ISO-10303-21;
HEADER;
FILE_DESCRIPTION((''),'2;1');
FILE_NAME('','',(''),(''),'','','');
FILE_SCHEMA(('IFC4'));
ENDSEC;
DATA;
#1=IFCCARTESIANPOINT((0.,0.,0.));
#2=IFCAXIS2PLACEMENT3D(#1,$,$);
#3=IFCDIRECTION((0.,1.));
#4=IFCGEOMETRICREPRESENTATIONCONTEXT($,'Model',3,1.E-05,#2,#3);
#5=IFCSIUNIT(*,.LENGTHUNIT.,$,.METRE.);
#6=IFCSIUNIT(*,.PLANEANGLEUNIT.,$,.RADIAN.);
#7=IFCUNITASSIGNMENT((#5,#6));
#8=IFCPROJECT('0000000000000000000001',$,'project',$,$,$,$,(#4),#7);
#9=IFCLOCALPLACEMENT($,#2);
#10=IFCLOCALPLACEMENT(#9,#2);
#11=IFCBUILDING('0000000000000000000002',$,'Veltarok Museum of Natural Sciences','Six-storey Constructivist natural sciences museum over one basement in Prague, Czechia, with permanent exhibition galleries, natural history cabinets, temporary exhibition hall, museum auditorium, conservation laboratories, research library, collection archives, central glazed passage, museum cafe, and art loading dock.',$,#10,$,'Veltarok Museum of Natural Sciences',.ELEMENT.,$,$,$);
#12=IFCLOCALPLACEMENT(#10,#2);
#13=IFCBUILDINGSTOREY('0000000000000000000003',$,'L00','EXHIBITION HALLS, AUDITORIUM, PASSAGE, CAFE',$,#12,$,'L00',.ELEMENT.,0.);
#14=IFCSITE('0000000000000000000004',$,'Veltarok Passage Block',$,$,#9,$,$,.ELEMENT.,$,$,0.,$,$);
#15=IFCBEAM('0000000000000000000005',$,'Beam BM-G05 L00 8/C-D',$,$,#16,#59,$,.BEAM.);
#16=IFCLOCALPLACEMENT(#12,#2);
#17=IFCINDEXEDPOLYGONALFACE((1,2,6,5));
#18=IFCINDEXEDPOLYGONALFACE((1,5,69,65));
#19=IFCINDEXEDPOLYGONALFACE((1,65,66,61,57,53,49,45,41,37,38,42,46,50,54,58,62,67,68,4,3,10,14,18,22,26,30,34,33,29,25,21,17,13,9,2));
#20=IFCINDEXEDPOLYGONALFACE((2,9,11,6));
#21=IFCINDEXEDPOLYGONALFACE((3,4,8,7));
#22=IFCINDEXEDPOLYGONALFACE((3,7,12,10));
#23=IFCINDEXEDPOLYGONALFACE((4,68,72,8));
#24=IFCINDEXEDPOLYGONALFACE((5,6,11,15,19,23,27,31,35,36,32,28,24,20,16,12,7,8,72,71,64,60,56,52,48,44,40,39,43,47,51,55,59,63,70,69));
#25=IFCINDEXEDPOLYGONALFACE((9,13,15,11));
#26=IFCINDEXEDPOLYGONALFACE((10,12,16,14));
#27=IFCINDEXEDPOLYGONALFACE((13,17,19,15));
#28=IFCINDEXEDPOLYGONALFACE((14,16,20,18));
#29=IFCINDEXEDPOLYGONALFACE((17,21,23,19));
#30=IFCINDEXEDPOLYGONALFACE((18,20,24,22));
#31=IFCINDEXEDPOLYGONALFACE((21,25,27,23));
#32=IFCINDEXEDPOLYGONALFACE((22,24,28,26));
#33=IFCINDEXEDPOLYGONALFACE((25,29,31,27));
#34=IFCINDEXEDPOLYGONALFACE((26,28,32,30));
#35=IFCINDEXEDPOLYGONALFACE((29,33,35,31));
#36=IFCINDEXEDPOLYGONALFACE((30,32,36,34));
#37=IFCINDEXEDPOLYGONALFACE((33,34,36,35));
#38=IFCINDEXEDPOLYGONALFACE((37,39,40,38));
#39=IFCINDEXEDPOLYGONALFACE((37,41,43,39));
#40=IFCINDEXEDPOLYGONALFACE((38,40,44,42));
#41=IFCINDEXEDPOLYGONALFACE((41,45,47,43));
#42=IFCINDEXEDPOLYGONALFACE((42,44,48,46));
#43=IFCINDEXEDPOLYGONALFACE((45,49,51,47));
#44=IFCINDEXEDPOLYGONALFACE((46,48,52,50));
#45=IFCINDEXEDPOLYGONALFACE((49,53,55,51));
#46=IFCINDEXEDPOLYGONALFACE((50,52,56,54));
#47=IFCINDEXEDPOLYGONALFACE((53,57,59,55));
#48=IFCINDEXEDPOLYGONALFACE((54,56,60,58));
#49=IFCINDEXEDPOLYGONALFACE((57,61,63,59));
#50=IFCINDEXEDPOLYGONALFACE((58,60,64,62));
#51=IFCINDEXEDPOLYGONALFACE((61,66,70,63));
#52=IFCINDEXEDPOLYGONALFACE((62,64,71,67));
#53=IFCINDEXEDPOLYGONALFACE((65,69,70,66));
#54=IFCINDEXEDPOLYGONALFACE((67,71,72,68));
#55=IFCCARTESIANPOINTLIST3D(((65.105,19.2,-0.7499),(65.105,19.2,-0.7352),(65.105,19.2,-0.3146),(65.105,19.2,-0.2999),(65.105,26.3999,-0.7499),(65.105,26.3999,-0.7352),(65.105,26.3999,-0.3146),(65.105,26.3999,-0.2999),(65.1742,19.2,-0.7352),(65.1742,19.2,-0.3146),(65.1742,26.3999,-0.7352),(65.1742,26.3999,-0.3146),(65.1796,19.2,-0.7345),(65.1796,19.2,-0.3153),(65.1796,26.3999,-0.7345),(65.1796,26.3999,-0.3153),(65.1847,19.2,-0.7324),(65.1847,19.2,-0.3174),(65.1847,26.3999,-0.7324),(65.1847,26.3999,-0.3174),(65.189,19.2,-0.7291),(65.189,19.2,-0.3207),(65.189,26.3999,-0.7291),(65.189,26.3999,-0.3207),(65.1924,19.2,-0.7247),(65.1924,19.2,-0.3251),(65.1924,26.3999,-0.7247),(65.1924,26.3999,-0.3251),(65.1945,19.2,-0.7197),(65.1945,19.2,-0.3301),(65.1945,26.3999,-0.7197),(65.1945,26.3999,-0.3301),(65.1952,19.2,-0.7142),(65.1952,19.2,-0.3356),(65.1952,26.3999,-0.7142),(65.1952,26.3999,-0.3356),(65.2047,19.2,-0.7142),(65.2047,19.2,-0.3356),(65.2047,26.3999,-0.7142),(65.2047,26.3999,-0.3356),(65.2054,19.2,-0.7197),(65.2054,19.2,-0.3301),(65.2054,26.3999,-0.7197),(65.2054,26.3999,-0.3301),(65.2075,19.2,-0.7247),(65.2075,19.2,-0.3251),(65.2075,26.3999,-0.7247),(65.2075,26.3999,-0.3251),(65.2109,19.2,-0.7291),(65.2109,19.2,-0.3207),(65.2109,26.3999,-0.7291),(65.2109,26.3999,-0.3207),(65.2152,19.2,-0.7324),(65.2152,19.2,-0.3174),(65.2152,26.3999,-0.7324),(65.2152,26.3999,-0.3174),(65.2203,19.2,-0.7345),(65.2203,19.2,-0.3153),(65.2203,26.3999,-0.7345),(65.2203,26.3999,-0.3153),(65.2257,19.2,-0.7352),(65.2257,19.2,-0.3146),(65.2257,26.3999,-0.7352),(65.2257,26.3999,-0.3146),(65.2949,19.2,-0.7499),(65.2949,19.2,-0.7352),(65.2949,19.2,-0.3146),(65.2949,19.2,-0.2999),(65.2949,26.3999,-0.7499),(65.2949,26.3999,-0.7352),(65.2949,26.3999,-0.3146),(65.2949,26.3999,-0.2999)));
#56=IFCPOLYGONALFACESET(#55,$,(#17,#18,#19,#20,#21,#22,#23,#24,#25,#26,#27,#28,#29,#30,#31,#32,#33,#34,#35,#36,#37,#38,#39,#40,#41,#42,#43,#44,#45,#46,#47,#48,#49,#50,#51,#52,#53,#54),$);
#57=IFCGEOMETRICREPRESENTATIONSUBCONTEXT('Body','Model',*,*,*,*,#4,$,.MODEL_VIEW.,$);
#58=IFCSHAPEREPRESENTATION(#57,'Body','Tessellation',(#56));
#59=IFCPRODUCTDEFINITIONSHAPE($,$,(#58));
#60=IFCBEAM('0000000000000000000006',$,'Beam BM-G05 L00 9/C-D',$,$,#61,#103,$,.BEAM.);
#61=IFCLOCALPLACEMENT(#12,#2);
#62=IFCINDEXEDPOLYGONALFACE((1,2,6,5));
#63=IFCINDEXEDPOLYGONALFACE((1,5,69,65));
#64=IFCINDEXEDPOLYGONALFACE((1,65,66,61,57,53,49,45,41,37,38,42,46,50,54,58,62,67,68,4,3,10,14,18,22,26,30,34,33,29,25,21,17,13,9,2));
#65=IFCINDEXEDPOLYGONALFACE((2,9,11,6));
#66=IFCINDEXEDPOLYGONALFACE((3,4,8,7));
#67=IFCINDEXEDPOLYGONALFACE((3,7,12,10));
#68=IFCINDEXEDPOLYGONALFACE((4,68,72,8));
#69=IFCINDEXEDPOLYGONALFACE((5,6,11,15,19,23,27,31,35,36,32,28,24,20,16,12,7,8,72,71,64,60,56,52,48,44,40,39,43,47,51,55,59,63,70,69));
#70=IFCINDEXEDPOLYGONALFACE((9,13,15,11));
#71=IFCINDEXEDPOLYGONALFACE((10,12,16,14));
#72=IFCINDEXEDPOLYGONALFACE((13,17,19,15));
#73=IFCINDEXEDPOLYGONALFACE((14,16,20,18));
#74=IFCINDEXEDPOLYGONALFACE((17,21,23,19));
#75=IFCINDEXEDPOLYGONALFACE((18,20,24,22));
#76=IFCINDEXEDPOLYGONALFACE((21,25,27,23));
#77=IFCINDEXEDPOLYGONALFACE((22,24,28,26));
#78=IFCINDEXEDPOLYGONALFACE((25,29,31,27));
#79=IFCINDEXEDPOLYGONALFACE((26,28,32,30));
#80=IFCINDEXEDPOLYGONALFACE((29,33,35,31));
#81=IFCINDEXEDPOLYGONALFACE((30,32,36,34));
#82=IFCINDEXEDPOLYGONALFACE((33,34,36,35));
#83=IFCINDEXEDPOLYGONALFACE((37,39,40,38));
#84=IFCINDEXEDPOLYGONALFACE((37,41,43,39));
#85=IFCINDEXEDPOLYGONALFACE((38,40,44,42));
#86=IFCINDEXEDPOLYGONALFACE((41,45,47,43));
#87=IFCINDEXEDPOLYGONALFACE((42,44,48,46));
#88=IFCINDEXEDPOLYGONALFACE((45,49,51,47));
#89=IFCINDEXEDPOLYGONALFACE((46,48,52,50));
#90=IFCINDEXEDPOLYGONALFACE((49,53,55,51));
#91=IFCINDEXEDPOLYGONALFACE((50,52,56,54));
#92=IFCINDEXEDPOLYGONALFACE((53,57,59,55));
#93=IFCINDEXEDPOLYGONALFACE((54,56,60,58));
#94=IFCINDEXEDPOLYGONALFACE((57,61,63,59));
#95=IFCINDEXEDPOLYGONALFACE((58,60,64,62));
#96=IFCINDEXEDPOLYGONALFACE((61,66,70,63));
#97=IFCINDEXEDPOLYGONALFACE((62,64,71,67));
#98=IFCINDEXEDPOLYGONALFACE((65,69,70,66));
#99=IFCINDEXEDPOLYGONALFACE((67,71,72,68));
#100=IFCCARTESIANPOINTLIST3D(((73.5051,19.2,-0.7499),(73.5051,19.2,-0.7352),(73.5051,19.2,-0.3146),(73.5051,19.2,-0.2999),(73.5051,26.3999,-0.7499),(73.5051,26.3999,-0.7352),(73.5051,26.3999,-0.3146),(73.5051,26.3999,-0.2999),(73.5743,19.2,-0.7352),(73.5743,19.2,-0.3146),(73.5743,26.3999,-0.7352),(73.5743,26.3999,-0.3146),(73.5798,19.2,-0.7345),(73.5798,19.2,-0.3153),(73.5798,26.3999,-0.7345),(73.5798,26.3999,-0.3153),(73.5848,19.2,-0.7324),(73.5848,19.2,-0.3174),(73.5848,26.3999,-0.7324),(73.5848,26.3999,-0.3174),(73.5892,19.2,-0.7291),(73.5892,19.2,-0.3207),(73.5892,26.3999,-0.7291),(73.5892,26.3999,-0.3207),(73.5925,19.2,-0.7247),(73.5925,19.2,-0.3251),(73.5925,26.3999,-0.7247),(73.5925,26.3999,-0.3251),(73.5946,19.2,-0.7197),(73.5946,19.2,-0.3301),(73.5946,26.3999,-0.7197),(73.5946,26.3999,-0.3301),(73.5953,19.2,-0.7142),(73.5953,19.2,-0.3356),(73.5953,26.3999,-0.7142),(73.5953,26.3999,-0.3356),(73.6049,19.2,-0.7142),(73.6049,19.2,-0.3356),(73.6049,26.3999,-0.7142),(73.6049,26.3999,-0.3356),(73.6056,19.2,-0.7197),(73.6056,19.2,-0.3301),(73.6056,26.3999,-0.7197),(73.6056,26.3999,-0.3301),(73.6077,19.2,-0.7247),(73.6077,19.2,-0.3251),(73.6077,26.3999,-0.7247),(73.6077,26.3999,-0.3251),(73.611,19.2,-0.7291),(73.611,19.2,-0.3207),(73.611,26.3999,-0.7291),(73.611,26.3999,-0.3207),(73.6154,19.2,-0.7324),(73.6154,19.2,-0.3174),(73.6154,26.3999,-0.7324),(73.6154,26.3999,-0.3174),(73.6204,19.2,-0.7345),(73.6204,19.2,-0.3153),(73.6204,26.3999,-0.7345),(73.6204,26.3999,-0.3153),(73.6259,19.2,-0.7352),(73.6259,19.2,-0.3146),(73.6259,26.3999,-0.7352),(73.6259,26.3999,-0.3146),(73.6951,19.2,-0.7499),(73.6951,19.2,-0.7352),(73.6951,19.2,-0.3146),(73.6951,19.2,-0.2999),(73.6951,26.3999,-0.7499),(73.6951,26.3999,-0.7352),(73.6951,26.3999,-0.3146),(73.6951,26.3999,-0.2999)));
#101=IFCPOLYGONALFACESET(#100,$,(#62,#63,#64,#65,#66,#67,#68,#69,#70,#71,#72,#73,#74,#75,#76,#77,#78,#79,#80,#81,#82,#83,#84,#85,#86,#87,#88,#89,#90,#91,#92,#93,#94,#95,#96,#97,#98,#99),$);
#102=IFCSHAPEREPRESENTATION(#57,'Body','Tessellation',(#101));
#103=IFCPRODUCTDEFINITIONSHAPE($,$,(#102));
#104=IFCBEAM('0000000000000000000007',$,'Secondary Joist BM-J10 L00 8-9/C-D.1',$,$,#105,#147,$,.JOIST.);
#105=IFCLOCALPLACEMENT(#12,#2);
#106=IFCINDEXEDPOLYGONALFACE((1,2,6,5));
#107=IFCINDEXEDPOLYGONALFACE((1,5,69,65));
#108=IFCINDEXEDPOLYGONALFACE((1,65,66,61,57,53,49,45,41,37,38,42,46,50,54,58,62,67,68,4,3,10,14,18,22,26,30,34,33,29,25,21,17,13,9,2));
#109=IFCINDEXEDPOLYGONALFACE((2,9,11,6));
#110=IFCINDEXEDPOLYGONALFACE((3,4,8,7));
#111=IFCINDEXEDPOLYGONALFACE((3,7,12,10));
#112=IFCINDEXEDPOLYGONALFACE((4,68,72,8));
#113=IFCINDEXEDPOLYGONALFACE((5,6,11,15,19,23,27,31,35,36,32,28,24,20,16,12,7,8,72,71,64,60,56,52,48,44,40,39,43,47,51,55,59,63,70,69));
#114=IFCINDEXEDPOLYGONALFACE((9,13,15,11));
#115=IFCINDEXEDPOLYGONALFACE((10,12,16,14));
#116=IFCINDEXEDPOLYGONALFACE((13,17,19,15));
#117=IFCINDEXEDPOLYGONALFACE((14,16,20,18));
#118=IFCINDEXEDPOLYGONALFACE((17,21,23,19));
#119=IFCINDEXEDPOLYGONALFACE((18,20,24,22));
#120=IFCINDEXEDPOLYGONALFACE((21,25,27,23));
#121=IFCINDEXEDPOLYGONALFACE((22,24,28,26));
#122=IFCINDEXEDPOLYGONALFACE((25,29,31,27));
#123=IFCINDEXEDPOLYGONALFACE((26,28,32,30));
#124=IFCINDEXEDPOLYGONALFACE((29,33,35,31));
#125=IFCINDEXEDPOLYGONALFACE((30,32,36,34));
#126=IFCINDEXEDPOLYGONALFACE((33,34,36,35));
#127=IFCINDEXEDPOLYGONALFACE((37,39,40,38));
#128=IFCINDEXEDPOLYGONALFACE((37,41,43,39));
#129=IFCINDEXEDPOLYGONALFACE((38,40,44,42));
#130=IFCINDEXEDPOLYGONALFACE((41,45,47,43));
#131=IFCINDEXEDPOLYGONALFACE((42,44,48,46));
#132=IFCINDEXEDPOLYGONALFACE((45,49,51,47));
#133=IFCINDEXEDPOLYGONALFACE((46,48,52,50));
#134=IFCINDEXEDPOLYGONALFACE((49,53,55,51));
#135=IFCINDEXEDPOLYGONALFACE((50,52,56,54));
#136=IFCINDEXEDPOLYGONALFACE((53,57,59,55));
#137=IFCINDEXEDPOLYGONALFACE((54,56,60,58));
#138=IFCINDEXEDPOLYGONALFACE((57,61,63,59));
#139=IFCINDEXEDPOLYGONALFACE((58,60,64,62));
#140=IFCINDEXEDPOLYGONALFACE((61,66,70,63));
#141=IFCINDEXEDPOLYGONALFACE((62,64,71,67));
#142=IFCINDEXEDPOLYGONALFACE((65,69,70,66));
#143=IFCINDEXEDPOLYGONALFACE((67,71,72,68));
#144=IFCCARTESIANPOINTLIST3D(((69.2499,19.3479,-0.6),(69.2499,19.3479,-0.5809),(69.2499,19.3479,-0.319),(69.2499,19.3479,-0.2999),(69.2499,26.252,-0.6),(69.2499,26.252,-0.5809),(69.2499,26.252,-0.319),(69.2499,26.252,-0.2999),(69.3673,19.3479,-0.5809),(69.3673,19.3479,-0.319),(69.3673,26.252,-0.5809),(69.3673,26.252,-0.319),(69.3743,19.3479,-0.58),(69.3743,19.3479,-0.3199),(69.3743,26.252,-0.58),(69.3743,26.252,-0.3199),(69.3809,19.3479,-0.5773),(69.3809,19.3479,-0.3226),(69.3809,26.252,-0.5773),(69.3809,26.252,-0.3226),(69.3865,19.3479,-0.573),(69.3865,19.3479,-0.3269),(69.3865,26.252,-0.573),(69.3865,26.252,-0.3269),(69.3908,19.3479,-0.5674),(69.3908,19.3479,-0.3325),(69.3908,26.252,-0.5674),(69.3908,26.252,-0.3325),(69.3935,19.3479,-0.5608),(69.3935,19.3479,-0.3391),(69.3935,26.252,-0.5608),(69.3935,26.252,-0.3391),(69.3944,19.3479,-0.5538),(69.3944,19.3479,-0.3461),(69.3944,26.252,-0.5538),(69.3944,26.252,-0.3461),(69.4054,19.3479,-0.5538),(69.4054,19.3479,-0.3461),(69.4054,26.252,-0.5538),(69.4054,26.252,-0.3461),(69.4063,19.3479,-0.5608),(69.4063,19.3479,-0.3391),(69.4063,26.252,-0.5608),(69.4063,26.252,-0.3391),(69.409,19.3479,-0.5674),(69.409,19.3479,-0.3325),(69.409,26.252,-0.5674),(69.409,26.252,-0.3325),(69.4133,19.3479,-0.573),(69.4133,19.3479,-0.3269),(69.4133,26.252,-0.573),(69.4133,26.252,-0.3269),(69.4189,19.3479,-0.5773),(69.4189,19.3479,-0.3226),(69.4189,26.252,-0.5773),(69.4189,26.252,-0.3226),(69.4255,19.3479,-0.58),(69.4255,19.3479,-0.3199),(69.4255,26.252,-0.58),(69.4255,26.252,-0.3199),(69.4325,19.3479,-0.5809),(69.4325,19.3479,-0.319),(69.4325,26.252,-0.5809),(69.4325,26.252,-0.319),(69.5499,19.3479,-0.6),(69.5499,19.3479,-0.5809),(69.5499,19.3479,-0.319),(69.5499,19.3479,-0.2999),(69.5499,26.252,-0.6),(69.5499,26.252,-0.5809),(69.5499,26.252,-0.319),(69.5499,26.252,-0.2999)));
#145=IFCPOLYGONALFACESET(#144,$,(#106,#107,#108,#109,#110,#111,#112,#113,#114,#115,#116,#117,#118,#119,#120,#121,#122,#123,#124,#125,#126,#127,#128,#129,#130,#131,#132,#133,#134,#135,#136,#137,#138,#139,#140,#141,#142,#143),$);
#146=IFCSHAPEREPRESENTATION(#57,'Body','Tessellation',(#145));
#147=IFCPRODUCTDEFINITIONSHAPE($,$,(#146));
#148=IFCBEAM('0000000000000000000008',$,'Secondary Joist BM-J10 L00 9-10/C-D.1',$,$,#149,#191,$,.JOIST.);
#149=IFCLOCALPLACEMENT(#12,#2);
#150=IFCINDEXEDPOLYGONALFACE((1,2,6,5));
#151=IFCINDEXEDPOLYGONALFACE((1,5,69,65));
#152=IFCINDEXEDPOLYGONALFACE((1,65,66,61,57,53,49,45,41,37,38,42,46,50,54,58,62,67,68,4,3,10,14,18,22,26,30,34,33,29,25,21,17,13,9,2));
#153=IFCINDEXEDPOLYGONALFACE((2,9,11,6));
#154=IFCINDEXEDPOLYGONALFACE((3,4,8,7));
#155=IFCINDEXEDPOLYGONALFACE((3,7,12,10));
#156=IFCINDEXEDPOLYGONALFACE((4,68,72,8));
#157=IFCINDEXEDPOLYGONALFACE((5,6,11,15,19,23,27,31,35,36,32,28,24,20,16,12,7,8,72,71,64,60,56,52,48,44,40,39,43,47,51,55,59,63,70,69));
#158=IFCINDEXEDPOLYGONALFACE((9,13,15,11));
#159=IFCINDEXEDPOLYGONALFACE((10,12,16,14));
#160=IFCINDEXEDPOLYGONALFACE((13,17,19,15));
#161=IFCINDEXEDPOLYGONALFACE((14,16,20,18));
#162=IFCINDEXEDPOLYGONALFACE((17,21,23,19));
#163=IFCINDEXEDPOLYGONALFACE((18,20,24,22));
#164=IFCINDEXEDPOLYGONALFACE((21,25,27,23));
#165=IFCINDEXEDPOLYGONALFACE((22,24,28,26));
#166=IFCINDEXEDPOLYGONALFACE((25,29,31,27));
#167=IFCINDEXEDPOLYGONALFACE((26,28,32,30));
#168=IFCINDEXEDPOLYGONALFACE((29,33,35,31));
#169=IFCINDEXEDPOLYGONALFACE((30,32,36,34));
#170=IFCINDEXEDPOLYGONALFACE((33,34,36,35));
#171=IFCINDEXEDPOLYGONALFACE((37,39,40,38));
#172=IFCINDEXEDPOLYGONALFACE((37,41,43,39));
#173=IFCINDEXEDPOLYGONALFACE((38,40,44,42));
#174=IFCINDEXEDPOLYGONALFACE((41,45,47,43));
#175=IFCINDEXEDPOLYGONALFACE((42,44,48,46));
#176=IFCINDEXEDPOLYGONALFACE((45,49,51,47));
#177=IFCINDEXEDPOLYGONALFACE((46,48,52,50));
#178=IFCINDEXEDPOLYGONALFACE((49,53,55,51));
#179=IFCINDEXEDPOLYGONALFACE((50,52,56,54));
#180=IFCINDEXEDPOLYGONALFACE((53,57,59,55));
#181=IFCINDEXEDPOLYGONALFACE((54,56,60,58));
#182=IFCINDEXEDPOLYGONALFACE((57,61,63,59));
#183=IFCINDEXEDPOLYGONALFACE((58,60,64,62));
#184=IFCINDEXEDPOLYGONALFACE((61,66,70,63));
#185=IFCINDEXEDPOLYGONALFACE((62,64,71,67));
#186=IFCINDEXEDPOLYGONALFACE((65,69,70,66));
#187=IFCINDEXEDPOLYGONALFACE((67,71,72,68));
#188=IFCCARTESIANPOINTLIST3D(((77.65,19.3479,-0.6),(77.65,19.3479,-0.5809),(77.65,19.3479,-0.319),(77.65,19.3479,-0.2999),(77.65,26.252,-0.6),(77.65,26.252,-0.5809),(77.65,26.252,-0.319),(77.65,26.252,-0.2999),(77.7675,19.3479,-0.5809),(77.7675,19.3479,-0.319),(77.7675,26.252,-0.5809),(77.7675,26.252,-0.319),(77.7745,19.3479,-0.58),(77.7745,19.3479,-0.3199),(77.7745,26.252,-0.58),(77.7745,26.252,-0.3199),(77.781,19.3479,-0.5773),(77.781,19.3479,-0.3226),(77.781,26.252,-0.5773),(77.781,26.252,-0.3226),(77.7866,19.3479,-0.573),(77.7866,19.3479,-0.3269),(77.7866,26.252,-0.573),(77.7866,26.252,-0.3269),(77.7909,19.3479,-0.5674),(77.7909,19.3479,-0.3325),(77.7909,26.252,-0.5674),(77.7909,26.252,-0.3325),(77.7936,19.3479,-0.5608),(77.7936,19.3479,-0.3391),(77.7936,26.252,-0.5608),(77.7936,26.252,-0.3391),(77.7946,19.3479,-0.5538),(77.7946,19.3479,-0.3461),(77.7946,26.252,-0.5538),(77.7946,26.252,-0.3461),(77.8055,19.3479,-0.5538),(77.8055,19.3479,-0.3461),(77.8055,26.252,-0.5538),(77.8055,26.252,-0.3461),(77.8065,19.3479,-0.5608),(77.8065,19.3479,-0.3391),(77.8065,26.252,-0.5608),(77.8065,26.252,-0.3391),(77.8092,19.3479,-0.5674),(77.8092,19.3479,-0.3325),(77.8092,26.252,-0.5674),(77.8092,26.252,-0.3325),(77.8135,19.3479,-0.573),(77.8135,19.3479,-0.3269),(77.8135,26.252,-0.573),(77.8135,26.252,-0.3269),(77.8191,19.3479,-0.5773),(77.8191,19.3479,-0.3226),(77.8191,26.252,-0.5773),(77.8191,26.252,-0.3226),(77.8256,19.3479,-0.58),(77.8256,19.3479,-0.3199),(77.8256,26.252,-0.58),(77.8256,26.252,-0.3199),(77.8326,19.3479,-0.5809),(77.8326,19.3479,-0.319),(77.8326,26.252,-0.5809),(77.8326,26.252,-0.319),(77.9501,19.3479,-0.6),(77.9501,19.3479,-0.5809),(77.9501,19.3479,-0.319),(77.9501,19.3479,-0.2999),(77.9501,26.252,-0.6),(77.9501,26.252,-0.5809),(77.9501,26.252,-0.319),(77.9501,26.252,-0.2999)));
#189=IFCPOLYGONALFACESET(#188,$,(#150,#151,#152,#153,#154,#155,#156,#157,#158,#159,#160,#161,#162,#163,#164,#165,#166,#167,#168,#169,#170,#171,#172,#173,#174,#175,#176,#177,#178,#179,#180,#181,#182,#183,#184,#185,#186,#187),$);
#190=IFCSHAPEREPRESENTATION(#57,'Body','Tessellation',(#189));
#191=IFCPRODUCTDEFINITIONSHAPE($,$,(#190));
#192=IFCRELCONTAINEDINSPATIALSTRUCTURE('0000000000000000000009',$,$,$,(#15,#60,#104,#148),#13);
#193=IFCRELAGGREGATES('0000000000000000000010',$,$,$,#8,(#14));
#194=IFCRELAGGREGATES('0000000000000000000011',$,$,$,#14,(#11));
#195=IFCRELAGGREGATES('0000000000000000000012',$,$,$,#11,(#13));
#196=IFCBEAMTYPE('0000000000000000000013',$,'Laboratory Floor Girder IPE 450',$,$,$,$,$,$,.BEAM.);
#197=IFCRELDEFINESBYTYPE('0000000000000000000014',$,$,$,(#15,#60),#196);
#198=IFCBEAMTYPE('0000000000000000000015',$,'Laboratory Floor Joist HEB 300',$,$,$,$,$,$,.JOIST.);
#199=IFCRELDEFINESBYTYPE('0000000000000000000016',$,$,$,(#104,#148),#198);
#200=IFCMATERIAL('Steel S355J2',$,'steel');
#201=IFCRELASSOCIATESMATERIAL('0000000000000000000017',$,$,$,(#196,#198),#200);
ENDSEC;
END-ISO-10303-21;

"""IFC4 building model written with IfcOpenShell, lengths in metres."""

from ifc_helpers import new_model, si_unit, direction, frame, origin, origin_2d, place, context, subcontext, project, spatial, i_section, extrude, material, material_profile, profile_set, type_object, element, save


model = new_model("IFC4")

# Units and contexts
model_context = context("Model", 3, precision=1e-05, world=origin(), true_north=direction((0.0, 1.0)))
body_context = subcontext(model_context, "Body", "Model", "MODEL_VIEW")
ifc_project = project(units=[si_unit("LENGTHUNIT", "METRE"), si_unit("PLANEANGLEUNIT", "RADIAN")], contexts=[model_context])

# Site, building, storey
site_placement = place(None, origin())
site = spatial("IfcSite", under=ifc_project, at=site_placement, Name="Veltarok Passage Block", CompositionType="ELEMENT", RefElevation=0.0)
building_placement = place(site_placement, origin())
building = spatial("IfcBuilding", under=site, at=building_placement, Name="Veltarok Museum of Natural Sciences", Description="Six-storey Constructivist natural sciences museum over one basement in Prague, Czechia, with permanent exhibition galleries, natural history cabinets, temporary exhibition hall, museum auditorium, conservation laboratories, research library, collection archives, central glazed passage, museum cafe, and art loading dock.", LongName="Veltarok Museum of Natural Sciences", CompositionType="ELEMENT")
storey_placement = place(building_placement, origin())
storey = spatial("IfcBuildingStorey", under=building, at=storey_placement, Name="L00", Description="EXHIBITION HALLS, AUDITORIUM, PASSAGE, CAFE", LongName="L00", CompositionType="ELEMENT", Elevation=0.0)

# Shared definitions
ifc_material_1 = material(Name="Steel S355J2", Category="steel")

# Beams
ifc_material_profile_1 = material_profile(ifc_material_1, i_section(OverallWidth=0.1899, OverallDepth=0.45, WebThickness=0.0095, FlangeThickness=0.0146, FilletRadius=0.021, at=origin_2d()), Name="IPE 450")
ifc_profile_set_1 = profile_set([ifc_material_profile_1], Name="Steel S355J2")
beam_type_1 = type_object("IfcBeamType", Name="Laboratory Floor Girder IPE 450", PredefinedType="BEAM", material=ifc_profile_set_1)
for number, where, z_axis, x_axis, name in (
    (1, (65.2, 19.2, -0.5249), (0.0, 1.0, 0.0), (-1.0, 0.0, 0.0), "Beam BM-G05 L00 8/C-D"),
    (2, (73.6001, 19.2, -0.5249), (0.0, 1.0, 0.0), (-1.0, 0.0, 0.0), "Beam BM-G05 L00 9/C-D"),
):
    element("IfcBeam", number, at=place(storey_placement, frame(where, z_axis=z_axis, x_axis=x_axis)), inside=storey, type_object=beam_type_1, Name=name, PredefinedType="BEAM", context=body_context, shape_type="SweptSolid", body=[
        extrude(i_section(OverallWidth=0.1899, OverallDepth=0.45, WebThickness=0.0095, FlangeThickness=0.0146, FilletRadius=0.021, at=origin_2d()), origin(), (0.0, 0.0, 1.0), 7.2),
    ])
ifc_material_profile_2 = material_profile(ifc_material_1, i_section(OverallWidth=0.3, OverallDepth=0.3, WebThickness=0.011, FlangeThickness=0.019, FilletRadius=0.0271, at=origin_2d()), Name="HEB 300")
ifc_profile_set_2 = profile_set([ifc_material_profile_2], Name="Steel S355J2")
beam_type_2 = type_object("IfcBeamType", Name="Laboratory Floor Joist HEB 300", PredefinedType="JOIST", material=ifc_profile_set_2)
for number, where, z_axis, x_axis, name in (
    (3, (69.3999, 19.3479, -0.45), (0.0, 1.0, 0.0), (-1.0, 0.0, 0.0), "Secondary Joist BM-J10 L00 8-9/C-D.1"),
    (4, (77.8, 19.3479, -0.45), (0.0, 1.0, 0.0), (-1.0, 0.0, 0.0), "Secondary Joist BM-J10 L00 9-10/C-D.1"),
):
    element("IfcBeam", number, at=place(storey_placement, frame(where, z_axis=z_axis, x_axis=x_axis)), inside=storey, type_object=beam_type_2, Name=name, PredefinedType="JOIST", context=body_context, shape_type="SweptSolid", body=[
        extrude(i_section(OverallWidth=0.3, OverallDepth=0.3, WebThickness=0.011, FlangeThickness=0.019, FilletRadius=0.0271, at=origin_2d()), origin(), (0.0, 0.0, 1.0), 6.9041),
    ])

save(model, "model.ifc")
